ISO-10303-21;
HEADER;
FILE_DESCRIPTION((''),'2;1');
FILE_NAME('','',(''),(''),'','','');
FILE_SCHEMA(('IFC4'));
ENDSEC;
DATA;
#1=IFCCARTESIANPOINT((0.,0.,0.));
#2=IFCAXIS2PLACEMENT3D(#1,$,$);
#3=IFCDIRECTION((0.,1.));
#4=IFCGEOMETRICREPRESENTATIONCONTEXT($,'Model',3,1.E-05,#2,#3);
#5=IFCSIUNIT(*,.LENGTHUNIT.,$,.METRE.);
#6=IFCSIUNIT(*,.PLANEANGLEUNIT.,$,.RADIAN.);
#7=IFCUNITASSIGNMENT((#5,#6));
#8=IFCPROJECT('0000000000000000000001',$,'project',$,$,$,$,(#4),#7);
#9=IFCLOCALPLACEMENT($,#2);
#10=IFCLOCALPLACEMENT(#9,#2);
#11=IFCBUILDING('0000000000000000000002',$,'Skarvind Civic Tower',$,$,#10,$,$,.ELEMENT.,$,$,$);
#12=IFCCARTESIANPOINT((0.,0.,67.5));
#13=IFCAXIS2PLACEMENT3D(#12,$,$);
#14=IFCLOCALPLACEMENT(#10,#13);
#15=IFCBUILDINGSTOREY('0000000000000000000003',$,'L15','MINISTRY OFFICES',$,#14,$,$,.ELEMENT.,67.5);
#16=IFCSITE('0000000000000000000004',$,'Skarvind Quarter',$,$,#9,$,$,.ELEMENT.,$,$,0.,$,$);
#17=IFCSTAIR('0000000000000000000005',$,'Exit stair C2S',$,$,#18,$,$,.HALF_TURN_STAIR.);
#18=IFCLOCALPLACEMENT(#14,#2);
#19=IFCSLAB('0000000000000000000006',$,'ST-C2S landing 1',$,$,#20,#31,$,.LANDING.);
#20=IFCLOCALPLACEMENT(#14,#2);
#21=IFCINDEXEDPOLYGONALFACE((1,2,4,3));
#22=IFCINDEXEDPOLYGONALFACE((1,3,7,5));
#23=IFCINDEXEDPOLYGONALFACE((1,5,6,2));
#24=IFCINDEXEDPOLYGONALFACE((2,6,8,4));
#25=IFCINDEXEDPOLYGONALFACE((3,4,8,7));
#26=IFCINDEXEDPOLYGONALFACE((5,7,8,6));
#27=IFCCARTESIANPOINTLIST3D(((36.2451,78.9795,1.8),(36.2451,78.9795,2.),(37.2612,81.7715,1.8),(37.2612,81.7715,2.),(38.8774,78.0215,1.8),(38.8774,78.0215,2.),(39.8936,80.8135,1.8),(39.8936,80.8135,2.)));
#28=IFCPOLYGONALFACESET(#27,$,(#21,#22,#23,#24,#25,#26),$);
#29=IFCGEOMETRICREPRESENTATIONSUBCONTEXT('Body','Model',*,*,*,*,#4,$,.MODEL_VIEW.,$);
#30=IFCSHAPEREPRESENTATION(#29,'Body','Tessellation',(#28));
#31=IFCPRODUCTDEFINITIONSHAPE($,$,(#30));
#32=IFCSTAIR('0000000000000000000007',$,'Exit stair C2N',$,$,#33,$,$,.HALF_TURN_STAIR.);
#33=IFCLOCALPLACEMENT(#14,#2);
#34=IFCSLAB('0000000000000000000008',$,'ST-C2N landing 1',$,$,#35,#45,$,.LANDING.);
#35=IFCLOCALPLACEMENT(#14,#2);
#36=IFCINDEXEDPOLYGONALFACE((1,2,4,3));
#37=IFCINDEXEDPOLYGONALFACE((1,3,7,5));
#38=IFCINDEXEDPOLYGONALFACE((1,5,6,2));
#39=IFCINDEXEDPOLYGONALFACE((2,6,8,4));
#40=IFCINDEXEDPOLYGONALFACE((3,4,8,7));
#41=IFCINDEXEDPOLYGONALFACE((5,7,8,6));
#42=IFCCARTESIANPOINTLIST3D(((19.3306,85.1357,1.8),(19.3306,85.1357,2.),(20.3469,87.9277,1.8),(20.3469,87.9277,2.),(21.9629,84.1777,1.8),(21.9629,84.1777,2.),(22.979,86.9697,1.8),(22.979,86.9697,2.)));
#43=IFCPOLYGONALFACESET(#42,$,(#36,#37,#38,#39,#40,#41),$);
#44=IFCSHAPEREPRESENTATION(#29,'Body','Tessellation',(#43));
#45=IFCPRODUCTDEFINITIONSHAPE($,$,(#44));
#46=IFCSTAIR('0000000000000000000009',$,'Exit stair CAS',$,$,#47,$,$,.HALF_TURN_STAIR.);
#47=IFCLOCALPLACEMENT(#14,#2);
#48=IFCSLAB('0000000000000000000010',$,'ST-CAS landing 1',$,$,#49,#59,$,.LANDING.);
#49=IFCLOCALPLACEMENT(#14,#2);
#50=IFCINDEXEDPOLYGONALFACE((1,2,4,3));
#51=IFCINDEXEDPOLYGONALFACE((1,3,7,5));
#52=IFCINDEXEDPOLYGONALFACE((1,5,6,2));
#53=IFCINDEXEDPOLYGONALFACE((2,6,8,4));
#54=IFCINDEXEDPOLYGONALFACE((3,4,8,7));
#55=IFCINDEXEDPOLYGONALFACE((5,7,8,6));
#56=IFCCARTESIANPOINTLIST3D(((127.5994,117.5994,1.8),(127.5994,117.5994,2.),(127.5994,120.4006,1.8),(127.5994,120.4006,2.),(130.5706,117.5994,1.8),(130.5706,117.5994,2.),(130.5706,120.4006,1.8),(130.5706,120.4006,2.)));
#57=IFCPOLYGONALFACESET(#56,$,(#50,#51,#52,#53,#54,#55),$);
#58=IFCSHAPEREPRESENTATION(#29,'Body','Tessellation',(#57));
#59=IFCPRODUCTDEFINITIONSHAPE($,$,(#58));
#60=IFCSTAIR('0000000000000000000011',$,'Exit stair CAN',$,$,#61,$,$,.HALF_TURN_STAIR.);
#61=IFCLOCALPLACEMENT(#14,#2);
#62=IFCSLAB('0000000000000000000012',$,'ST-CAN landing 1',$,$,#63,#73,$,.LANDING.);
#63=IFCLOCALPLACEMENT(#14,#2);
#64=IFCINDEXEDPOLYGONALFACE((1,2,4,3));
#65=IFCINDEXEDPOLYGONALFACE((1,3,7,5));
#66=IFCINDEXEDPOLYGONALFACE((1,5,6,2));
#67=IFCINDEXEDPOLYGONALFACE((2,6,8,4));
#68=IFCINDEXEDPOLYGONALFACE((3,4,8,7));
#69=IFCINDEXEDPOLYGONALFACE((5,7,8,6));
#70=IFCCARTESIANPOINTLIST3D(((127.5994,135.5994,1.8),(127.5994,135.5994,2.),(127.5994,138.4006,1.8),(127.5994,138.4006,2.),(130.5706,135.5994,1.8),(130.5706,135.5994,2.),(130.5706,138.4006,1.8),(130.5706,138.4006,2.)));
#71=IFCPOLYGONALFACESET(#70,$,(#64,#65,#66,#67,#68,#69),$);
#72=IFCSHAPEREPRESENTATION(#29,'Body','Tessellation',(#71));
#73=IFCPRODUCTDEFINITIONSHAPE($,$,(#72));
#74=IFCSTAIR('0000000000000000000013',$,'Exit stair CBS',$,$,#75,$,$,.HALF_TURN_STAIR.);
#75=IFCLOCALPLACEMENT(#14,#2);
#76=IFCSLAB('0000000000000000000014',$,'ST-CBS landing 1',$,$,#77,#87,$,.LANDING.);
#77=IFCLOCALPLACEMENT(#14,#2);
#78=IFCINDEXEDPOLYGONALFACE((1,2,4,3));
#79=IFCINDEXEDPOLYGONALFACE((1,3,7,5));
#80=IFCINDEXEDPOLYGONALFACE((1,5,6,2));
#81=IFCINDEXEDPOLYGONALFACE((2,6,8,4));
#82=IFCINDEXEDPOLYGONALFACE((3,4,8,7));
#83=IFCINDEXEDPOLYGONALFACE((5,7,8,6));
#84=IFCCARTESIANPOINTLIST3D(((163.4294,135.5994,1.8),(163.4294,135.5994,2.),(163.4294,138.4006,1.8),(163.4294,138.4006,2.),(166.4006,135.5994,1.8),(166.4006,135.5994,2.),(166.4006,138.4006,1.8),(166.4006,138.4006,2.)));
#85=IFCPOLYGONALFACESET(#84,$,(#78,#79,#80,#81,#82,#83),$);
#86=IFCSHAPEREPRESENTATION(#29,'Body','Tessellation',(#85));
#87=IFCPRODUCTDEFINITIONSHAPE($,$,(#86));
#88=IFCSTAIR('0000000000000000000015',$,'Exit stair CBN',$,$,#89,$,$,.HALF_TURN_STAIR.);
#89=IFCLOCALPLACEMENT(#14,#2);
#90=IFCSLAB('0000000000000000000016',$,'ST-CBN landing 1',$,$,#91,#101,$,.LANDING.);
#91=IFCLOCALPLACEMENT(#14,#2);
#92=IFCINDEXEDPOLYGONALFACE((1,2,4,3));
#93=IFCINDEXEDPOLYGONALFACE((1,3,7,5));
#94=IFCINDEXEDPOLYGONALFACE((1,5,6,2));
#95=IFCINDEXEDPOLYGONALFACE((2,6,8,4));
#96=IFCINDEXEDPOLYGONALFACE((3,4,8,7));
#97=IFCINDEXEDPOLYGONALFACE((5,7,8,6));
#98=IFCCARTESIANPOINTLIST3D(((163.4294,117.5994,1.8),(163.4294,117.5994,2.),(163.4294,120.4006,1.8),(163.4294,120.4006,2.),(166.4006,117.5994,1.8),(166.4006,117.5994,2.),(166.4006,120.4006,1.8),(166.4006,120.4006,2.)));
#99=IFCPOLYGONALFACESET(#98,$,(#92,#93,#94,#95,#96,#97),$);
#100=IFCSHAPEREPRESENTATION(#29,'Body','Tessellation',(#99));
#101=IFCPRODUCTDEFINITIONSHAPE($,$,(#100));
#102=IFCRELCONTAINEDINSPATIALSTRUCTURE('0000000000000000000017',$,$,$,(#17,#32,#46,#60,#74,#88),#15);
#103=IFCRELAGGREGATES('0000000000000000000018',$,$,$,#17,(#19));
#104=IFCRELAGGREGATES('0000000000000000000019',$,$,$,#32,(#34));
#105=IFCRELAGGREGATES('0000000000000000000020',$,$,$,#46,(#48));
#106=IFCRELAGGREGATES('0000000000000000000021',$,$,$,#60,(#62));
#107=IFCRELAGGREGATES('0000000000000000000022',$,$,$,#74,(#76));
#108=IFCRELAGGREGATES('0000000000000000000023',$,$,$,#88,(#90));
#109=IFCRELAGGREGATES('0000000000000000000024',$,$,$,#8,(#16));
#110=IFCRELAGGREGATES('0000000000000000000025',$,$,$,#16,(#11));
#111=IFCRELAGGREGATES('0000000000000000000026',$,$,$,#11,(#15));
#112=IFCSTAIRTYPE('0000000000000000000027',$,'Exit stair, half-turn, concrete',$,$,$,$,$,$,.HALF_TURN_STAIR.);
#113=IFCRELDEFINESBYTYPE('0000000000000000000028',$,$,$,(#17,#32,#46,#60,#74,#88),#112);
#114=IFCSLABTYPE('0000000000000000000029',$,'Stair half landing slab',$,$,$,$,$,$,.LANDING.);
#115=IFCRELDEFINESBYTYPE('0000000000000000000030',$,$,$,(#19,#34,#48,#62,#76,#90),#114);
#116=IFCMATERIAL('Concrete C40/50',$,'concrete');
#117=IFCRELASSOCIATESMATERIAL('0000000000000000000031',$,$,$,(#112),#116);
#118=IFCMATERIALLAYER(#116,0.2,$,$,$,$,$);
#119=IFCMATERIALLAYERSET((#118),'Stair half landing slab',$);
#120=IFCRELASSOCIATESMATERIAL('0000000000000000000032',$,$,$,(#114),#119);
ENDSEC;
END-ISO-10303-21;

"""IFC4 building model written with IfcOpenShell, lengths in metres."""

from ifc_helpers import new_model, si_unit, direction, frame, origin, place, context, subcontext, project, spatial, polyline, outline, extrude, material, layer, layer_set, type_object, element, aggregate, save


model = new_model("IFC4")

# Units and contexts
model_context = context("Model", 3, precision=1e-05, world=origin(), true_north=direction((0.0, 1.0)))
body_context = subcontext(model_context, "Body", "Model", "MODEL_VIEW")
ifc_project = project(units=[si_unit("LENGTHUNIT", "METRE"), si_unit("PLANEANGLEUNIT", "RADIAN")], contexts=[model_context])

# Site, building, storey
site_placement = place(None, origin())
site = spatial("IfcSite", under=ifc_project, at=site_placement, Name="Skarvind Quarter", CompositionType="ELEMENT", RefElevation=0.0)
building_placement = place(site_placement, origin())
building = spatial("IfcBuilding", under=site, at=building_placement, Name="Skarvind Civic Tower", CompositionType="ELEMENT")
storey_placement = place(building_placement, frame((0.0, 0.0, 67.5)))
storey = spatial("IfcBuildingStorey", under=building, at=storey_placement, Name="L15", Description="MINISTRY OFFICES", CompositionType="ELEMENT", Elevation=67.5)

# Shared definitions
ifc_material_1 = material(Name="Concrete C40/50", Category="concrete")

# Stairs, slabs
stair_type = type_object("IfcStairType", Name="Exit stair, half-turn, concrete", PredefinedType="HALF_TURN_STAIR", material=ifc_material_1)
ifc_layer_1 = layer(ifc_material_1, 0.2)
ifc_layer_set_1 = layer_set([ifc_layer_1], Name="Stair half landing slab")
slab_type_1 = type_object("IfcSlabType", Name="Stair half landing slab", PredefinedType="LANDING", material=ifc_layer_set_1)
stair_1_placement = place(storey_placement, origin())
stair_1 = element("IfcStair", 1, at=stair_1_placement, inside=storey, type_object=stair_type, Name="Exit stair C2S", PredefinedType="HALF_TURN_STAIR")
slab_1_placement = place(storey_placement, frame((0.0, 0.0, 1.8)))
slab_1 = element("IfcSlab", 2, at=slab_1_placement, type_object=slab_type_1, Name="ST-C2S landing 1", PredefinedType="LANDING", context=body_context, shape_type="SweptSolid", body=[
    extrude(outline(polyline([(37.2612, 81.7715), (39.8936, 80.8135), (38.8774, 78.0215), (36.2451, 78.9795), (37.2612, 81.7715)])), origin(), (0.0, 0.0, 1.0), 0.2),
])
aggregate(stair_1, [slab_1])
stair_2_placement = place(storey_placement, origin())
stair_2 = element("IfcStair", 3, at=stair_2_placement, inside=storey, type_object=stair_type, Name="Exit stair C2N", PredefinedType="HALF_TURN_STAIR")
slab_2_placement = place(storey_placement, frame((0.0, 0.0, 1.8)))
slab_2 = element("IfcSlab", 4, at=slab_2_placement, type_object=slab_type_1, Name="ST-C2N landing 1", PredefinedType="LANDING", context=body_context, shape_type="SweptSolid", body=[
    extrude(outline(polyline([(20.3469, 87.9277), (22.979, 86.9697), (21.9629, 84.1777), (19.3306, 85.1357), (20.3469, 87.9277)])), origin(), (0.0, 0.0, 1.0), 0.2),
])
aggregate(stair_2, [slab_2])
stair_3_placement = place(storey_placement, origin())
stair_3 = element("IfcStair", 5, at=stair_3_placement, inside=storey, type_object=stair_type, Name="Exit stair CAS", PredefinedType="HALF_TURN_STAIR")
slab_3_placement = place(storey_placement, frame((0.0, 0.0, 1.8)))
slab_3 = element("IfcSlab", 6, at=slab_3_placement, type_object=slab_type_1, Name="ST-CAS landing 1", PredefinedType="LANDING", context=body_context, shape_type="SweptSolid", body=[
    extrude(outline(polyline([(130.5706, 120.4006), (130.5706, 117.5994), (127.5994, 117.5994), (127.5994, 120.4006), (130.5706, 120.4006)])), origin(), (0.0, 0.0, 1.0), 0.2),
])
aggregate(stair_3, [slab_3])
stair_4_placement = place(storey_placement, origin())
stair_4 = element("IfcStair", 7, at=stair_4_placement, inside=storey, type_object=stair_type, Name="Exit stair CAN", PredefinedType="HALF_TURN_STAIR")
slab_4_placement = place(storey_placement, frame((0.0, 0.0, 1.8)))
slab_4 = element("IfcSlab", 8, at=slab_4_placement, type_object=slab_type_1, Name="ST-CAN landing 1", PredefinedType="LANDING", context=body_context, shape_type="SweptSolid", body=[
    extrude(outline(polyline([(130.5706, 138.4006), (130.5706, 135.5994), (127.5994, 135.5994), (127.5994, 138.4006), (130.5706, 138.4006)])), origin(), (0.0, 0.0, 1.0), 0.2),
])
aggregate(stair_4, [slab_4])
stair_5_placement = place(storey_placement, origin())
stair_5 = element("IfcStair", 9, at=stair_5_placement, inside=storey, type_object=stair_type, Name="Exit stair CBS", PredefinedType="HALF_TURN_STAIR")
slab_5_placement = place(storey_placement, frame((0.0, 0.0, 1.8)))
slab_5 = element("IfcSlab", 10, at=slab_5_placement, type_object=slab_type_1, Name="ST-CBS landing 1", PredefinedType="LANDING", context=body_context, shape_type="SweptSolid", body=[
    extrude(outline(polyline([(163.4294, 135.5994), (163.4294, 138.4006), (166.4006, 138.4006), (166.4006, 135.5994), (163.4294, 135.5994)])), origin(), (0.0, 0.0, 1.0), 0.2),
])
aggregate(stair_5, [slab_5])
stair_6_placement = place(storey_placement, origin())
stair_6 = element("IfcStair", 11, at=stair_6_placement, inside=storey, type_object=stair_type, Name="Exit stair CBN", PredefinedType="HALF_TURN_STAIR")
slab_6_placement = place(storey_placement, frame((0.0, 0.0, 1.8)))
slab_6 = element("IfcSlab", 12, at=slab_6_placement, type_object=slab_type_1, Name="ST-CBN landing 1", PredefinedType="LANDING", context=body_context, shape_type="SweptSolid", body=[
    extrude(outline(polyline([(163.4294, 117.5994), (163.4294, 120.4006), (166.4006, 120.4006), (166.4006, 117.5994), (163.4294, 117.5994)])), origin(), (0.0, 0.0, 1.0), 0.2),
])
aggregate(stair_6, [slab_6])

save(model, "model.ifc")
